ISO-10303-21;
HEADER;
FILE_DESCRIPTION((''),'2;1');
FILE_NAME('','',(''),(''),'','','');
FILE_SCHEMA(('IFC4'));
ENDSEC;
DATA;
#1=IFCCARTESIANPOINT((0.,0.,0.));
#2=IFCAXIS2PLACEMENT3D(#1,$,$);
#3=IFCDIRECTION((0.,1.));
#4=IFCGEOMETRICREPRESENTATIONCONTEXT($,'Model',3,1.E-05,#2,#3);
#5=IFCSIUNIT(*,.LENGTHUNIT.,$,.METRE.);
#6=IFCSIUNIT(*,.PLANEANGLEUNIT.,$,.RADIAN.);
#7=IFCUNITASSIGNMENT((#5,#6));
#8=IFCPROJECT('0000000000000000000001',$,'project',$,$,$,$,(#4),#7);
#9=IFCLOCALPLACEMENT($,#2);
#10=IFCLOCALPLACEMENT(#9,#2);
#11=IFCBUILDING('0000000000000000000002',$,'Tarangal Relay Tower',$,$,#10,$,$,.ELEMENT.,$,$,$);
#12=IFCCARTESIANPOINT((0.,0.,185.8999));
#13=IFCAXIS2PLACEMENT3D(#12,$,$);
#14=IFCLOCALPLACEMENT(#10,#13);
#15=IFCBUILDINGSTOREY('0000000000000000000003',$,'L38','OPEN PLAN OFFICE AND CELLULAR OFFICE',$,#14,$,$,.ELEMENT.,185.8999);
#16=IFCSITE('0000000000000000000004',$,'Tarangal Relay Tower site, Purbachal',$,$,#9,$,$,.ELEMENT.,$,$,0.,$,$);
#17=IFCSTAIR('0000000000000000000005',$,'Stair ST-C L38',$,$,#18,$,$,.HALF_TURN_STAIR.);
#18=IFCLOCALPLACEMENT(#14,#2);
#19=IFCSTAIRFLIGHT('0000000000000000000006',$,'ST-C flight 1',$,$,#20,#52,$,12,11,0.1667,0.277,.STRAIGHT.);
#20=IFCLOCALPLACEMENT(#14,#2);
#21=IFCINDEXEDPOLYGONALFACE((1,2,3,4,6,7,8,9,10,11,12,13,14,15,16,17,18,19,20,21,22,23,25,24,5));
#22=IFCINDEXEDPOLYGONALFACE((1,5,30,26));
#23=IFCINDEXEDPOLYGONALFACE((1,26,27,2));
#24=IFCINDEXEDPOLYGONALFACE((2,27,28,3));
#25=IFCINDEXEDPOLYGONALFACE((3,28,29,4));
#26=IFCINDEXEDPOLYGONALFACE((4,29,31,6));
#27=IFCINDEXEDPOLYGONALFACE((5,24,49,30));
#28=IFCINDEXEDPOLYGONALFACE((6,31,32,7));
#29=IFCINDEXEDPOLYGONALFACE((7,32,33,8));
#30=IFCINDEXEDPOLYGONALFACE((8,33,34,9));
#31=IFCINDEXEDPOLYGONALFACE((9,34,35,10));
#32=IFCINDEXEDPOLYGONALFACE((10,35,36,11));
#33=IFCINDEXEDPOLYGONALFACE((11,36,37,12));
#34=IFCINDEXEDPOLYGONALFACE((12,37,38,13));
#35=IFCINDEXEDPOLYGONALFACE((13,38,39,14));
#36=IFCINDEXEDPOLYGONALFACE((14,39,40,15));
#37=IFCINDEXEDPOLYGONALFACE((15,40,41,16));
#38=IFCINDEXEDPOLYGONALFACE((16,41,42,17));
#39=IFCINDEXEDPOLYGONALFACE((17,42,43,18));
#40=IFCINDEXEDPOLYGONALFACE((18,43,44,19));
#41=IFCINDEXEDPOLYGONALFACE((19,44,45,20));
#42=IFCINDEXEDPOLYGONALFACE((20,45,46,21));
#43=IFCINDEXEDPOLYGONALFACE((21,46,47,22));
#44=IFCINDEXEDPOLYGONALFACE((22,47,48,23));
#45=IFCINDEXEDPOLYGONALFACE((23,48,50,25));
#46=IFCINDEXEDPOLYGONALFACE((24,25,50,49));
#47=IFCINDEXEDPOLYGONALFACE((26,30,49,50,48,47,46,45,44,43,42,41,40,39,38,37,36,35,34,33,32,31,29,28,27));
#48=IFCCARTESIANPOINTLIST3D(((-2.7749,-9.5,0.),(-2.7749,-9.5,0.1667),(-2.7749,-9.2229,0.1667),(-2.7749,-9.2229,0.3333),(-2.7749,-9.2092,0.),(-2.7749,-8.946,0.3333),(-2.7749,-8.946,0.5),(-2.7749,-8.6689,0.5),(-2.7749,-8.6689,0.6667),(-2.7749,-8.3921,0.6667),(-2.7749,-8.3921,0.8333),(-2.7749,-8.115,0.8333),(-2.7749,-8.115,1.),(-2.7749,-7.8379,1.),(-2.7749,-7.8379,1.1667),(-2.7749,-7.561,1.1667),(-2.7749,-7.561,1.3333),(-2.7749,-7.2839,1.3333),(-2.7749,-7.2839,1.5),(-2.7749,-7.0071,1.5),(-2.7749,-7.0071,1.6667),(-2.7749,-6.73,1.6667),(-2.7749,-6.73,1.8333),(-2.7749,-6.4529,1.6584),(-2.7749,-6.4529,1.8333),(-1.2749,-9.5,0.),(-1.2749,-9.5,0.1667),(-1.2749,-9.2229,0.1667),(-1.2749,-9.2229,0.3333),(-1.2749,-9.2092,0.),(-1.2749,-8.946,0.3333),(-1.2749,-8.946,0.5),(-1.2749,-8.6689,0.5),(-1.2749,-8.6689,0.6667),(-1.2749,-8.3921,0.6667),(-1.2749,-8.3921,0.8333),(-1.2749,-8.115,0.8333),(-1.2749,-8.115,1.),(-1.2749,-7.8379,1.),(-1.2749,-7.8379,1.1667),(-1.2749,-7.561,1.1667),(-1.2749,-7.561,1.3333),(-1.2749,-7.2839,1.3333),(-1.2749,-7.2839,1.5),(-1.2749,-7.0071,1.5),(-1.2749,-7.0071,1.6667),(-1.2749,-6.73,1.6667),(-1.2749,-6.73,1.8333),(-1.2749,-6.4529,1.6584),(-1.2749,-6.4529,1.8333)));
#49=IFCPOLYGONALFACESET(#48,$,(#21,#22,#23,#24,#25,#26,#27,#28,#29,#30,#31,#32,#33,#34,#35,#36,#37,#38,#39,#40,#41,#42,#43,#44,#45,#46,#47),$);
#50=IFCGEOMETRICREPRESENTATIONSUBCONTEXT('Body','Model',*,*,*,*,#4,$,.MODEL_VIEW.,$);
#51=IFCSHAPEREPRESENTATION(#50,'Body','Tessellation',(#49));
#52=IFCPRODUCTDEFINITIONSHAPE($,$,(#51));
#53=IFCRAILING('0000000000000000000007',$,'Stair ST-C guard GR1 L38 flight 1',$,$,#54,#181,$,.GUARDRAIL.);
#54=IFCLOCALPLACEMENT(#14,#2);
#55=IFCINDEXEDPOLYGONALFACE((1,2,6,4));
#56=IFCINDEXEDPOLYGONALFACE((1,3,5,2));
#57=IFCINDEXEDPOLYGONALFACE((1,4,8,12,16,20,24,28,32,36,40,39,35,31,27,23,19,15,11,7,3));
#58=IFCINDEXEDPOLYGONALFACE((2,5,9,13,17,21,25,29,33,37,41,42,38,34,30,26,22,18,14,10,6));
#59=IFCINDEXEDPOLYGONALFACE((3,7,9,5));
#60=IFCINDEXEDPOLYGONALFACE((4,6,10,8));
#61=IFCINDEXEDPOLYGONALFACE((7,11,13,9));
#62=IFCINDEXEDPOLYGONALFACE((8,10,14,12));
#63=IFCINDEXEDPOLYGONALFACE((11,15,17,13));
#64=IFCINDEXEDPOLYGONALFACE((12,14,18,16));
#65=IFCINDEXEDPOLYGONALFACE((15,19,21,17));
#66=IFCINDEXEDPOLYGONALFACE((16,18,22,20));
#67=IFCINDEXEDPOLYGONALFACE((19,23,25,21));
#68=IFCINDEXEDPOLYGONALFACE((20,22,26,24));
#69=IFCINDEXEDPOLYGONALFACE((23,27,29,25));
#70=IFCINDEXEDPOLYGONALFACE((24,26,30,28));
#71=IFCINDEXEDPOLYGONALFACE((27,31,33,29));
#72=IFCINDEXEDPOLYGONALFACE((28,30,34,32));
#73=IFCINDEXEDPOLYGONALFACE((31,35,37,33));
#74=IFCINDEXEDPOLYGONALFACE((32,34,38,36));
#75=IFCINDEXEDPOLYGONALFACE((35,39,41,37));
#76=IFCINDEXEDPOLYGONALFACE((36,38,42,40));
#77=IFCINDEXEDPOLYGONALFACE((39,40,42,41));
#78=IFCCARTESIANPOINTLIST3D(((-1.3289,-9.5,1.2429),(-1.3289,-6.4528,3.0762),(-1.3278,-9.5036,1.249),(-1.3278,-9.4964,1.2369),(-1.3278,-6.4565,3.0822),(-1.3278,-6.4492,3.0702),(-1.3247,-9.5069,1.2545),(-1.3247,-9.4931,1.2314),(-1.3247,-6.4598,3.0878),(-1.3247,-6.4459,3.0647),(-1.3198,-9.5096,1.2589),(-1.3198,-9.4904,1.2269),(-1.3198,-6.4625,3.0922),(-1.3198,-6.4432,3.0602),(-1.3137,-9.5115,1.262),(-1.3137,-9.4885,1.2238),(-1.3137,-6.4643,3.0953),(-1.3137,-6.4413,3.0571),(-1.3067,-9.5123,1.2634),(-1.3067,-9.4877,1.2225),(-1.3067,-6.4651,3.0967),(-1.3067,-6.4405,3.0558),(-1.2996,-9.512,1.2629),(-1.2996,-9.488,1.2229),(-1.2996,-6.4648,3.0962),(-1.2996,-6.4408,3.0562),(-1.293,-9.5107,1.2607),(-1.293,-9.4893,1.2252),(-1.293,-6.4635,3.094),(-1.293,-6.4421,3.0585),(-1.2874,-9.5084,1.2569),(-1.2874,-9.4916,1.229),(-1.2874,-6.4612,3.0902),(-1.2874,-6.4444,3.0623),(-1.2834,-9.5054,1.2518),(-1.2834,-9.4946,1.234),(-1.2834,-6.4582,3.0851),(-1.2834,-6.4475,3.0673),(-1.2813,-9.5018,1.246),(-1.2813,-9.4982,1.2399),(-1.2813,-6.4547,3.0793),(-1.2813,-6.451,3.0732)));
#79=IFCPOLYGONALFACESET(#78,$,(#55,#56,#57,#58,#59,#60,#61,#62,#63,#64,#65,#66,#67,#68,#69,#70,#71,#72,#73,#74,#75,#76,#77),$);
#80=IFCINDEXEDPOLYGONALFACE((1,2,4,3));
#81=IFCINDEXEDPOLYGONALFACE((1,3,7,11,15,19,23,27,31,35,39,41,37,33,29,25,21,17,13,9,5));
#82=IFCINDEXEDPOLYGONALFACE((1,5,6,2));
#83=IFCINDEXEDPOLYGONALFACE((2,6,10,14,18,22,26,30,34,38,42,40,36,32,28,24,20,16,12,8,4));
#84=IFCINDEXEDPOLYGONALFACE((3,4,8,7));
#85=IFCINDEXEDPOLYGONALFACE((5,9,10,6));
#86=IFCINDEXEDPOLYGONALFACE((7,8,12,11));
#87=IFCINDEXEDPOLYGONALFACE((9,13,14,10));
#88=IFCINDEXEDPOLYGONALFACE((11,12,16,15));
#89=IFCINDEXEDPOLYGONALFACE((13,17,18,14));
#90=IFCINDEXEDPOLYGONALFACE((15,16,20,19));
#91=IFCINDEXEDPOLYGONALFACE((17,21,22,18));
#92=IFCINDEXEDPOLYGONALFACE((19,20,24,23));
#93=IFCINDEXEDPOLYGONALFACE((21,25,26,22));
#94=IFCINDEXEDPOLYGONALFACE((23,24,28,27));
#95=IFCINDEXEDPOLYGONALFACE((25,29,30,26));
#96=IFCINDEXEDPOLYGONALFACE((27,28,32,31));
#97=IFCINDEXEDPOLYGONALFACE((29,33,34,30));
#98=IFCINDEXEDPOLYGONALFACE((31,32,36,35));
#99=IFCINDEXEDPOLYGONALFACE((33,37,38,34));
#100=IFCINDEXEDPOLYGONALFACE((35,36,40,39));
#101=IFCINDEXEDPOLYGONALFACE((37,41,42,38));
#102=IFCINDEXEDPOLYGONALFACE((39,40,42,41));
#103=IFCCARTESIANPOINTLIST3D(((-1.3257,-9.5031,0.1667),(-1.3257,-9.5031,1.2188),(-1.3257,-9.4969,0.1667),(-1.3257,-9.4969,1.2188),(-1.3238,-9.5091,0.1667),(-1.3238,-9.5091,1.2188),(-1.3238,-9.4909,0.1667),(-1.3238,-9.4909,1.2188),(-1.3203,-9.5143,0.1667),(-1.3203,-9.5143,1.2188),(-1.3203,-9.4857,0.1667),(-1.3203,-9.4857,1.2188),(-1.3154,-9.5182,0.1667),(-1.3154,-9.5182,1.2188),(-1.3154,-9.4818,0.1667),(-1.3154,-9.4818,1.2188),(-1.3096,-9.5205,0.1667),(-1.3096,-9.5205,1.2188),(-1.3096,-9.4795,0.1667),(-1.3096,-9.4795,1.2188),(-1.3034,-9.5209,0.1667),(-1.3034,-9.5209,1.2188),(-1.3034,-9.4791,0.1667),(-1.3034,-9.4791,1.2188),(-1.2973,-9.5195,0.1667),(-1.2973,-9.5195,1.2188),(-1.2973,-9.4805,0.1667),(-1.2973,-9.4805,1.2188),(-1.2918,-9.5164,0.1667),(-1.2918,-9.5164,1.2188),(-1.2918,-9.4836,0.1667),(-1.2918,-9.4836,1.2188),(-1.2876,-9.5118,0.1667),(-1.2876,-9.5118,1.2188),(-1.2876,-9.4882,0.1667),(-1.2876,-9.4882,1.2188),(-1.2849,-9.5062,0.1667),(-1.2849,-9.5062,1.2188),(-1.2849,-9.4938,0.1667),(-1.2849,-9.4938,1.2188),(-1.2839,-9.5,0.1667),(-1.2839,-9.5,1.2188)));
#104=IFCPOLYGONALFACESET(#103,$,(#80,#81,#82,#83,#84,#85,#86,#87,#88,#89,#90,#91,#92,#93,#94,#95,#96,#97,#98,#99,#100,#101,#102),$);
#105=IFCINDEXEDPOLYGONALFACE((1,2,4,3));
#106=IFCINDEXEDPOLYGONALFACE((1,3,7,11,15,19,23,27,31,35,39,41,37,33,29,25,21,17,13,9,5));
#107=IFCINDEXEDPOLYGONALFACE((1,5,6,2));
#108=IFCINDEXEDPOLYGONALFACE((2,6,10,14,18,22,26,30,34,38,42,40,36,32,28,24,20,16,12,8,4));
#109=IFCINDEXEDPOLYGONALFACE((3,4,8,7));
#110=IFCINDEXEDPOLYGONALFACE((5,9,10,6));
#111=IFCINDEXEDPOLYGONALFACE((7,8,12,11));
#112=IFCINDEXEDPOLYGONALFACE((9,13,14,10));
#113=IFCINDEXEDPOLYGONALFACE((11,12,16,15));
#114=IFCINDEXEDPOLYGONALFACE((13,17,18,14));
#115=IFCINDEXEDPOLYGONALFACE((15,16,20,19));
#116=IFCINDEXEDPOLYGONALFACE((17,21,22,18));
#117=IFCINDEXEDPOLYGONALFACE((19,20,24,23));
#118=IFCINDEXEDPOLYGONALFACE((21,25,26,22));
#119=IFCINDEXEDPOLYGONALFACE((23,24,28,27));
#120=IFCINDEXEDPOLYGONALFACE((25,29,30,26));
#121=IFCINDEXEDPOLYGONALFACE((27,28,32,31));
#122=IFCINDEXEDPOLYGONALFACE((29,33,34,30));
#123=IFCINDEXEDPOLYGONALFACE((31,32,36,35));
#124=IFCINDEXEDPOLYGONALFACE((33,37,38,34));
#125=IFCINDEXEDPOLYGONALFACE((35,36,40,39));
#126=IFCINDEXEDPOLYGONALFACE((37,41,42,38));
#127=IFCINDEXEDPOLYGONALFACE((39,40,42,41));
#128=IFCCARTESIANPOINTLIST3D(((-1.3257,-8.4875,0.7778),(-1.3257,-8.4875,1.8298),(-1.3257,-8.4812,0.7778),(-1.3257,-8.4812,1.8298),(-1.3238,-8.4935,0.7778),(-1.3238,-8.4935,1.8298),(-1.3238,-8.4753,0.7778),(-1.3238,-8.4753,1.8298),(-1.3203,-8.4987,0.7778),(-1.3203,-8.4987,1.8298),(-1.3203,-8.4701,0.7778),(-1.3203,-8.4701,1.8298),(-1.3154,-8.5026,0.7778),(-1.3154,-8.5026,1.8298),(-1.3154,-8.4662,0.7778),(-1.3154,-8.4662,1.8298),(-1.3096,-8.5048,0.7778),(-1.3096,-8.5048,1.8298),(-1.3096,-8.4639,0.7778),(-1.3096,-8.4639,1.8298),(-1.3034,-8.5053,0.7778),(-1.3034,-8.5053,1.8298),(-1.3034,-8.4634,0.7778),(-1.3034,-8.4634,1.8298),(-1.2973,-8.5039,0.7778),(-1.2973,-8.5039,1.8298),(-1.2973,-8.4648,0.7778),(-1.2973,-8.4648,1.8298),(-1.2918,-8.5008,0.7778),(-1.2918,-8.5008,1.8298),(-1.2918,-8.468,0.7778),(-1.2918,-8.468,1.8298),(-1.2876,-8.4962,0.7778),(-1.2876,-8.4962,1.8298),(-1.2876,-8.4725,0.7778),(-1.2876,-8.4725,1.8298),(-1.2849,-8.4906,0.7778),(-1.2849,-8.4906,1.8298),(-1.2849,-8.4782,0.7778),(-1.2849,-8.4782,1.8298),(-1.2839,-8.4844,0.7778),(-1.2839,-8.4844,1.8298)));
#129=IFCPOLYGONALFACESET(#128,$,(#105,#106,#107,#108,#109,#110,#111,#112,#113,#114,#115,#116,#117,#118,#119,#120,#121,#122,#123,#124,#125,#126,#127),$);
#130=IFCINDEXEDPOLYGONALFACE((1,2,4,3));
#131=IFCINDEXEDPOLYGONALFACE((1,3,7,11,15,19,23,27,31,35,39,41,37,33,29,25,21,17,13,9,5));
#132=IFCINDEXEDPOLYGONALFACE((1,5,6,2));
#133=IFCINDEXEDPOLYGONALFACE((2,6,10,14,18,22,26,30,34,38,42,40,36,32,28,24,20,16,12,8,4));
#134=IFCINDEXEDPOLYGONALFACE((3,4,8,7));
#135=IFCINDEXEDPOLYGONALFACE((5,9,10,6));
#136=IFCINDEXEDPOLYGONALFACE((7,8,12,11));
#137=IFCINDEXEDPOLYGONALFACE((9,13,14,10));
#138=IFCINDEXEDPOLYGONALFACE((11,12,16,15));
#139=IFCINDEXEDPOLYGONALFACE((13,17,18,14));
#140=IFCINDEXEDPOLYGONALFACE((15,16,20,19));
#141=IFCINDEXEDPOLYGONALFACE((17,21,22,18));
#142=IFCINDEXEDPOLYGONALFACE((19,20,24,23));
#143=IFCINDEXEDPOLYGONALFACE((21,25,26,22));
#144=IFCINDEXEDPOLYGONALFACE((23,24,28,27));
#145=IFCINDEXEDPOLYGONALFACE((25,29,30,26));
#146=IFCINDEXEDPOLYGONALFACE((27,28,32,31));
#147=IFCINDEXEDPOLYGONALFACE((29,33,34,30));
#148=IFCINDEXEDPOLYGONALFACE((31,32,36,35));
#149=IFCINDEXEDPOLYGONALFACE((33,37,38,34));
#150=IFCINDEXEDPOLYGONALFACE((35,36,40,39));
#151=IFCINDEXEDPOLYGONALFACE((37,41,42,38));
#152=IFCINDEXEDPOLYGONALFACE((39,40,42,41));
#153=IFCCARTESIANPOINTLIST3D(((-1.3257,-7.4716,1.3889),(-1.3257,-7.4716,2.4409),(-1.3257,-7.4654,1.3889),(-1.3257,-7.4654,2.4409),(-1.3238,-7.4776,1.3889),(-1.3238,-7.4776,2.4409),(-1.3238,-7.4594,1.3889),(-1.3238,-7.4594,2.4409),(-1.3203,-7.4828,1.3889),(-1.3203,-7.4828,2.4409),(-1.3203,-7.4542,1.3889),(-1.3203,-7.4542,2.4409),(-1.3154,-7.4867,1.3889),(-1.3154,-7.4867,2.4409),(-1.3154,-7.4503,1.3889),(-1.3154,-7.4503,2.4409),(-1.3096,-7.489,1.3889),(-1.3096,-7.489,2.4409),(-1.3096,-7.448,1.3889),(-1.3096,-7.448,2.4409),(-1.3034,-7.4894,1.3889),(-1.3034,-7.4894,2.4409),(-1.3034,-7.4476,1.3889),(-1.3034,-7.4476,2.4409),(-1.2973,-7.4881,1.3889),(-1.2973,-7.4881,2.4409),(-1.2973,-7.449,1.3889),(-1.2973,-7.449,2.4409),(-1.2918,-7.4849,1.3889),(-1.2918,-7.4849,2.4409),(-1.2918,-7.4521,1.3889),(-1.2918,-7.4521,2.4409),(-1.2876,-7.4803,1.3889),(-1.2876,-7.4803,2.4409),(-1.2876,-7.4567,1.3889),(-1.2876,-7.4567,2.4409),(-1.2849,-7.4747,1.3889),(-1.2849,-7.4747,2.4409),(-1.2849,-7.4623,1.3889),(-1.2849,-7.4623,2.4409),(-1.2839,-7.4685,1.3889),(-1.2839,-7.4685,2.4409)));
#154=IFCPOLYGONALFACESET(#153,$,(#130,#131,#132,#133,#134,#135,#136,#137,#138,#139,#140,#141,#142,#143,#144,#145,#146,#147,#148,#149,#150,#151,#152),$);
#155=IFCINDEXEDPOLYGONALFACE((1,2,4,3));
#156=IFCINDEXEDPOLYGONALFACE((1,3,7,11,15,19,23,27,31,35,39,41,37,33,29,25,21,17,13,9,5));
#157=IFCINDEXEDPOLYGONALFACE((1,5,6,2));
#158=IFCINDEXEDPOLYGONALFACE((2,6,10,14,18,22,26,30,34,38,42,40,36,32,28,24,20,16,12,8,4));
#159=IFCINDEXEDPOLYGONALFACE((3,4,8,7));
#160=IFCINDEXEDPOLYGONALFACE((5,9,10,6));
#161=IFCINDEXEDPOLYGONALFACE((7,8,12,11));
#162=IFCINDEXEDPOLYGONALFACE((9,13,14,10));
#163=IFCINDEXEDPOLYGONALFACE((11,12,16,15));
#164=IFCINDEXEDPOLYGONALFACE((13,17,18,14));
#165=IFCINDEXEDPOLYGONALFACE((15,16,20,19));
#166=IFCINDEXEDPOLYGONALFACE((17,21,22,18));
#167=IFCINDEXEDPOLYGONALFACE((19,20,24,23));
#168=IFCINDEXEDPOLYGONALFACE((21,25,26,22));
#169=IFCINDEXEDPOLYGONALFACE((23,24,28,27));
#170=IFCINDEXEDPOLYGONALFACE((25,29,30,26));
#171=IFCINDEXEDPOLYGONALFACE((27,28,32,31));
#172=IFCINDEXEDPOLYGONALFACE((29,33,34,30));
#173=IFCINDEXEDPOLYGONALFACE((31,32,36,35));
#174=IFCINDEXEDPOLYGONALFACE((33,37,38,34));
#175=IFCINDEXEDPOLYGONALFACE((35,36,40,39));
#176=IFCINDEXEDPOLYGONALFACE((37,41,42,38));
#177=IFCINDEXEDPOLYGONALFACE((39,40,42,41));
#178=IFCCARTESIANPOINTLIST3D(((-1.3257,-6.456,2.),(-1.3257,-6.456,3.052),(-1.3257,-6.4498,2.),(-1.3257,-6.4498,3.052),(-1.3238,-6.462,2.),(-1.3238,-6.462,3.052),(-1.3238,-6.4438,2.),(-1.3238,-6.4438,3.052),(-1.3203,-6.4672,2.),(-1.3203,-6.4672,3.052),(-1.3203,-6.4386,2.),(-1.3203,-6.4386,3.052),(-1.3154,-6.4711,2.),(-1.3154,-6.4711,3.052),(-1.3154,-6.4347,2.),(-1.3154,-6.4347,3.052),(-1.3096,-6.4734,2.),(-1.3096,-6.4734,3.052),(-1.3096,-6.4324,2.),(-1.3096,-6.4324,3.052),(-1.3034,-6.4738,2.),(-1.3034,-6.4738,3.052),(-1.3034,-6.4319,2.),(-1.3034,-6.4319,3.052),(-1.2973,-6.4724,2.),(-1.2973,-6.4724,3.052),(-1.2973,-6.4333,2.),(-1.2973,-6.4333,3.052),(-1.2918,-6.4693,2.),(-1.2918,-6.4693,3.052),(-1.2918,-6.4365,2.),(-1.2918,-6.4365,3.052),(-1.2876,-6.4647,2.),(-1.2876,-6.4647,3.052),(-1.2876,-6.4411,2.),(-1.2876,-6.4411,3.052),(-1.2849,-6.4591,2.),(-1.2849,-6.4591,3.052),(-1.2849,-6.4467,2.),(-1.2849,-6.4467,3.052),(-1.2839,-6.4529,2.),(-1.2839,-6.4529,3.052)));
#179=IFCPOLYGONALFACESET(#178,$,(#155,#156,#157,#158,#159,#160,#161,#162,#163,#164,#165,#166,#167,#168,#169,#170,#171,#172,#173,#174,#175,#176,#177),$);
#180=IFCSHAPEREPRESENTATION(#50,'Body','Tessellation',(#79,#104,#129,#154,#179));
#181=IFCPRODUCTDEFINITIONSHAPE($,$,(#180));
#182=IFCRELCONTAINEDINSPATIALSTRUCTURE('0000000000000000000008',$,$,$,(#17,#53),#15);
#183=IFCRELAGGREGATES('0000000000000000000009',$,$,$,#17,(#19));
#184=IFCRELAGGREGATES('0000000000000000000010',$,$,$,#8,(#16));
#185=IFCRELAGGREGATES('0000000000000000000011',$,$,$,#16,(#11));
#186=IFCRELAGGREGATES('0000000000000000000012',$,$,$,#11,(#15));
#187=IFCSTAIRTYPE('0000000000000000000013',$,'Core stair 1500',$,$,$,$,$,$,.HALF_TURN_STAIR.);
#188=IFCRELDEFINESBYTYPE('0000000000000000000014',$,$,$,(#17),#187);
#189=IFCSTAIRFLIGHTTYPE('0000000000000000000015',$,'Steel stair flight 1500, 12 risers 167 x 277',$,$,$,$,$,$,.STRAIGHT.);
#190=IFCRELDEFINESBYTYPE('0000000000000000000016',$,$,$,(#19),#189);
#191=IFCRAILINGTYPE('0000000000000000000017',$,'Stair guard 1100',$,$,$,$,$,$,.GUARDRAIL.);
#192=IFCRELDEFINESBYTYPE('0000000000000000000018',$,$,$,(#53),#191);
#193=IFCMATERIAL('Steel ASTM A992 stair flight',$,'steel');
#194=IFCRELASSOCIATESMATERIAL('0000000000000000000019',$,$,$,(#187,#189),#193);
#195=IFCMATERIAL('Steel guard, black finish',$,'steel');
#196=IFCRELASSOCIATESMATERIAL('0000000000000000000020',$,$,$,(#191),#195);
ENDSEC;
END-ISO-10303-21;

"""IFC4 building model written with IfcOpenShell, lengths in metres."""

from ifc_helpers import new_model, si_unit, direction, frame, origin, origin_2d, place, context, subcontext, project, spatial, polyline, circle, outline, extrude, material, type_object, element, aggregate, save


model = new_model("IFC4")

# Units and contexts
model_context = context("Model", 3, precision=1e-05, world=origin(), true_north=direction((0.0, 1.0)))
body_context = subcontext(model_context, "Body", "Model", "MODEL_VIEW")
ifc_project = project(units=[si_unit("LENGTHUNIT", "METRE"), si_unit("PLANEANGLEUNIT", "RADIAN")], contexts=[model_context])

# Site, building, storey
site_placement = place(None, origin())
site = spatial("IfcSite", under=ifc_project, at=site_placement, Name="Tarangal Relay Tower site, Purbachal", CompositionType="ELEMENT", RefElevation=0.0)
building_placement = place(site_placement, origin())
building = spatial("IfcBuilding", under=site, at=building_placement, Name="Tarangal Relay Tower", CompositionType="ELEMENT")
storey_placement = place(building_placement, frame((0.0, 0.0, 185.8999)))
storey = spatial("IfcBuildingStorey", under=building, at=storey_placement, Name="L38", Description="OPEN PLAN OFFICE AND CELLULAR OFFICE", CompositionType="ELEMENT", Elevation=185.8999)

# Stair, stair flight
ifc_material_1 = material(Name="Steel ASTM A992 stair flight", Category="steel")
stair_type = type_object("IfcStairType", Name="Core stair 1500", PredefinedType="HALF_TURN_STAIR", material=ifc_material_1)
stair_placement = place(storey_placement, origin())
stair = element("IfcStair", 1, at=stair_placement, inside=storey, type_object=stair_type, Name="Stair ST-C L38", PredefinedType="HALF_TURN_STAIR")
stair_flight_type = type_object("IfcStairFlightType", Name="Steel stair flight 1500, 12 risers 167 x 277", PredefinedType="STRAIGHT", material=ifc_material_1)
stair_flight_placement = place(storey_placement, frame((-2.0249, -9.5, 0.0), z_axis=(0.0, 0.0, 1.0), x_axis=(0.0, 1.0, 0.0)))
stair_flight = element("IfcStairFlight", 2, at=stair_flight_placement, type_object=stair_flight_type, Name="ST-C flight 1", NumberOfRisers=12, NumberOfTreads=11, PredefinedType="STRAIGHT", RiserHeight=0.1667, TreadLength=0.277, context=body_context, shape_type="SweptSolid", body=[
    extrude(outline(polyline([(0.0, 0.0), (0.0, 0.1667), (0.2771, 0.1667), (0.2771, 0.3333), (0.554, 0.3333), (0.554, 0.5), (0.8311, 0.5), (0.8311, 0.6667), (1.1079, 0.6667), (1.1079, 0.8333), (1.385, 0.8333), (1.385, 1.0), (1.6621, 1.0), (1.6621, 1.1667), (1.939, 1.1667), (1.939, 1.3333), (2.2161, 1.3333), (2.2161, 1.5), (2.4929, 1.5), (2.4929, 1.6667), (2.77, 1.6667), (2.77, 1.8333), (3.0471, 1.8333), (3.0471, 2.0), (3.0471, 1.6584), (0.2908, 0.0), (0.0, 0.0)])), frame((0.0, 0.75, 0.0), z_axis=(0.0, -1.0, 0.0), x_axis=(1.0, 0.0, 0.0)), (0.0, 0.0, 1.0), 1.5),
])
aggregate(stair, [stair_flight])

# Railing
ifc_material_2 = material(Name="Steel guard, black finish", Category="steel")
railing_type_1 = type_object("IfcRailingType", Name="Stair guard 1100", PredefinedType="GUARDRAIL", material=ifc_material_2)
railing_1_placement = place(storey_placement, frame((-1.3049, -9.5, 0.1667)))
element("IfcRailing", 3, at=railing_1_placement, inside=storey, type_object=railing_type_1, Name="Stair ST-C guard GR1 L38 flight 1", PredefinedType="GUARDRAIL", context=body_context, shape_type="SweptSolid", body=[
    extrude(circle(Radius=0.0239, at=origin_2d()), frame((0.0, 0.0, 1.0762), z_axis=(0.0, 0.856874, 0.515525), x_axis=(-1.0, 0.0, 0.0)), (0.0, 0.0, 1.0), 3.5562),
    extrude(circle(Radius=0.021, at=origin_2d()), origin(), (0.0, 0.0, 1.0), 1.052),
    extrude(circle(Radius=0.021, at=origin_2d()), frame((0.0, 1.0156, 0.6111)), (0.0, 0.0, 1.0), 1.052),
    extrude(circle(Radius=0.021, at=origin_2d()), frame((0.0, 2.0315, 1.2222)), (0.0, 0.0, 1.0), 1.052),
    extrude(circle(Radius=0.021, at=origin_2d()), frame((0.0, 3.0471, 1.8333)), (0.0, 0.0, 1.0), 1.052),
])

save(model, "model.ifc")
